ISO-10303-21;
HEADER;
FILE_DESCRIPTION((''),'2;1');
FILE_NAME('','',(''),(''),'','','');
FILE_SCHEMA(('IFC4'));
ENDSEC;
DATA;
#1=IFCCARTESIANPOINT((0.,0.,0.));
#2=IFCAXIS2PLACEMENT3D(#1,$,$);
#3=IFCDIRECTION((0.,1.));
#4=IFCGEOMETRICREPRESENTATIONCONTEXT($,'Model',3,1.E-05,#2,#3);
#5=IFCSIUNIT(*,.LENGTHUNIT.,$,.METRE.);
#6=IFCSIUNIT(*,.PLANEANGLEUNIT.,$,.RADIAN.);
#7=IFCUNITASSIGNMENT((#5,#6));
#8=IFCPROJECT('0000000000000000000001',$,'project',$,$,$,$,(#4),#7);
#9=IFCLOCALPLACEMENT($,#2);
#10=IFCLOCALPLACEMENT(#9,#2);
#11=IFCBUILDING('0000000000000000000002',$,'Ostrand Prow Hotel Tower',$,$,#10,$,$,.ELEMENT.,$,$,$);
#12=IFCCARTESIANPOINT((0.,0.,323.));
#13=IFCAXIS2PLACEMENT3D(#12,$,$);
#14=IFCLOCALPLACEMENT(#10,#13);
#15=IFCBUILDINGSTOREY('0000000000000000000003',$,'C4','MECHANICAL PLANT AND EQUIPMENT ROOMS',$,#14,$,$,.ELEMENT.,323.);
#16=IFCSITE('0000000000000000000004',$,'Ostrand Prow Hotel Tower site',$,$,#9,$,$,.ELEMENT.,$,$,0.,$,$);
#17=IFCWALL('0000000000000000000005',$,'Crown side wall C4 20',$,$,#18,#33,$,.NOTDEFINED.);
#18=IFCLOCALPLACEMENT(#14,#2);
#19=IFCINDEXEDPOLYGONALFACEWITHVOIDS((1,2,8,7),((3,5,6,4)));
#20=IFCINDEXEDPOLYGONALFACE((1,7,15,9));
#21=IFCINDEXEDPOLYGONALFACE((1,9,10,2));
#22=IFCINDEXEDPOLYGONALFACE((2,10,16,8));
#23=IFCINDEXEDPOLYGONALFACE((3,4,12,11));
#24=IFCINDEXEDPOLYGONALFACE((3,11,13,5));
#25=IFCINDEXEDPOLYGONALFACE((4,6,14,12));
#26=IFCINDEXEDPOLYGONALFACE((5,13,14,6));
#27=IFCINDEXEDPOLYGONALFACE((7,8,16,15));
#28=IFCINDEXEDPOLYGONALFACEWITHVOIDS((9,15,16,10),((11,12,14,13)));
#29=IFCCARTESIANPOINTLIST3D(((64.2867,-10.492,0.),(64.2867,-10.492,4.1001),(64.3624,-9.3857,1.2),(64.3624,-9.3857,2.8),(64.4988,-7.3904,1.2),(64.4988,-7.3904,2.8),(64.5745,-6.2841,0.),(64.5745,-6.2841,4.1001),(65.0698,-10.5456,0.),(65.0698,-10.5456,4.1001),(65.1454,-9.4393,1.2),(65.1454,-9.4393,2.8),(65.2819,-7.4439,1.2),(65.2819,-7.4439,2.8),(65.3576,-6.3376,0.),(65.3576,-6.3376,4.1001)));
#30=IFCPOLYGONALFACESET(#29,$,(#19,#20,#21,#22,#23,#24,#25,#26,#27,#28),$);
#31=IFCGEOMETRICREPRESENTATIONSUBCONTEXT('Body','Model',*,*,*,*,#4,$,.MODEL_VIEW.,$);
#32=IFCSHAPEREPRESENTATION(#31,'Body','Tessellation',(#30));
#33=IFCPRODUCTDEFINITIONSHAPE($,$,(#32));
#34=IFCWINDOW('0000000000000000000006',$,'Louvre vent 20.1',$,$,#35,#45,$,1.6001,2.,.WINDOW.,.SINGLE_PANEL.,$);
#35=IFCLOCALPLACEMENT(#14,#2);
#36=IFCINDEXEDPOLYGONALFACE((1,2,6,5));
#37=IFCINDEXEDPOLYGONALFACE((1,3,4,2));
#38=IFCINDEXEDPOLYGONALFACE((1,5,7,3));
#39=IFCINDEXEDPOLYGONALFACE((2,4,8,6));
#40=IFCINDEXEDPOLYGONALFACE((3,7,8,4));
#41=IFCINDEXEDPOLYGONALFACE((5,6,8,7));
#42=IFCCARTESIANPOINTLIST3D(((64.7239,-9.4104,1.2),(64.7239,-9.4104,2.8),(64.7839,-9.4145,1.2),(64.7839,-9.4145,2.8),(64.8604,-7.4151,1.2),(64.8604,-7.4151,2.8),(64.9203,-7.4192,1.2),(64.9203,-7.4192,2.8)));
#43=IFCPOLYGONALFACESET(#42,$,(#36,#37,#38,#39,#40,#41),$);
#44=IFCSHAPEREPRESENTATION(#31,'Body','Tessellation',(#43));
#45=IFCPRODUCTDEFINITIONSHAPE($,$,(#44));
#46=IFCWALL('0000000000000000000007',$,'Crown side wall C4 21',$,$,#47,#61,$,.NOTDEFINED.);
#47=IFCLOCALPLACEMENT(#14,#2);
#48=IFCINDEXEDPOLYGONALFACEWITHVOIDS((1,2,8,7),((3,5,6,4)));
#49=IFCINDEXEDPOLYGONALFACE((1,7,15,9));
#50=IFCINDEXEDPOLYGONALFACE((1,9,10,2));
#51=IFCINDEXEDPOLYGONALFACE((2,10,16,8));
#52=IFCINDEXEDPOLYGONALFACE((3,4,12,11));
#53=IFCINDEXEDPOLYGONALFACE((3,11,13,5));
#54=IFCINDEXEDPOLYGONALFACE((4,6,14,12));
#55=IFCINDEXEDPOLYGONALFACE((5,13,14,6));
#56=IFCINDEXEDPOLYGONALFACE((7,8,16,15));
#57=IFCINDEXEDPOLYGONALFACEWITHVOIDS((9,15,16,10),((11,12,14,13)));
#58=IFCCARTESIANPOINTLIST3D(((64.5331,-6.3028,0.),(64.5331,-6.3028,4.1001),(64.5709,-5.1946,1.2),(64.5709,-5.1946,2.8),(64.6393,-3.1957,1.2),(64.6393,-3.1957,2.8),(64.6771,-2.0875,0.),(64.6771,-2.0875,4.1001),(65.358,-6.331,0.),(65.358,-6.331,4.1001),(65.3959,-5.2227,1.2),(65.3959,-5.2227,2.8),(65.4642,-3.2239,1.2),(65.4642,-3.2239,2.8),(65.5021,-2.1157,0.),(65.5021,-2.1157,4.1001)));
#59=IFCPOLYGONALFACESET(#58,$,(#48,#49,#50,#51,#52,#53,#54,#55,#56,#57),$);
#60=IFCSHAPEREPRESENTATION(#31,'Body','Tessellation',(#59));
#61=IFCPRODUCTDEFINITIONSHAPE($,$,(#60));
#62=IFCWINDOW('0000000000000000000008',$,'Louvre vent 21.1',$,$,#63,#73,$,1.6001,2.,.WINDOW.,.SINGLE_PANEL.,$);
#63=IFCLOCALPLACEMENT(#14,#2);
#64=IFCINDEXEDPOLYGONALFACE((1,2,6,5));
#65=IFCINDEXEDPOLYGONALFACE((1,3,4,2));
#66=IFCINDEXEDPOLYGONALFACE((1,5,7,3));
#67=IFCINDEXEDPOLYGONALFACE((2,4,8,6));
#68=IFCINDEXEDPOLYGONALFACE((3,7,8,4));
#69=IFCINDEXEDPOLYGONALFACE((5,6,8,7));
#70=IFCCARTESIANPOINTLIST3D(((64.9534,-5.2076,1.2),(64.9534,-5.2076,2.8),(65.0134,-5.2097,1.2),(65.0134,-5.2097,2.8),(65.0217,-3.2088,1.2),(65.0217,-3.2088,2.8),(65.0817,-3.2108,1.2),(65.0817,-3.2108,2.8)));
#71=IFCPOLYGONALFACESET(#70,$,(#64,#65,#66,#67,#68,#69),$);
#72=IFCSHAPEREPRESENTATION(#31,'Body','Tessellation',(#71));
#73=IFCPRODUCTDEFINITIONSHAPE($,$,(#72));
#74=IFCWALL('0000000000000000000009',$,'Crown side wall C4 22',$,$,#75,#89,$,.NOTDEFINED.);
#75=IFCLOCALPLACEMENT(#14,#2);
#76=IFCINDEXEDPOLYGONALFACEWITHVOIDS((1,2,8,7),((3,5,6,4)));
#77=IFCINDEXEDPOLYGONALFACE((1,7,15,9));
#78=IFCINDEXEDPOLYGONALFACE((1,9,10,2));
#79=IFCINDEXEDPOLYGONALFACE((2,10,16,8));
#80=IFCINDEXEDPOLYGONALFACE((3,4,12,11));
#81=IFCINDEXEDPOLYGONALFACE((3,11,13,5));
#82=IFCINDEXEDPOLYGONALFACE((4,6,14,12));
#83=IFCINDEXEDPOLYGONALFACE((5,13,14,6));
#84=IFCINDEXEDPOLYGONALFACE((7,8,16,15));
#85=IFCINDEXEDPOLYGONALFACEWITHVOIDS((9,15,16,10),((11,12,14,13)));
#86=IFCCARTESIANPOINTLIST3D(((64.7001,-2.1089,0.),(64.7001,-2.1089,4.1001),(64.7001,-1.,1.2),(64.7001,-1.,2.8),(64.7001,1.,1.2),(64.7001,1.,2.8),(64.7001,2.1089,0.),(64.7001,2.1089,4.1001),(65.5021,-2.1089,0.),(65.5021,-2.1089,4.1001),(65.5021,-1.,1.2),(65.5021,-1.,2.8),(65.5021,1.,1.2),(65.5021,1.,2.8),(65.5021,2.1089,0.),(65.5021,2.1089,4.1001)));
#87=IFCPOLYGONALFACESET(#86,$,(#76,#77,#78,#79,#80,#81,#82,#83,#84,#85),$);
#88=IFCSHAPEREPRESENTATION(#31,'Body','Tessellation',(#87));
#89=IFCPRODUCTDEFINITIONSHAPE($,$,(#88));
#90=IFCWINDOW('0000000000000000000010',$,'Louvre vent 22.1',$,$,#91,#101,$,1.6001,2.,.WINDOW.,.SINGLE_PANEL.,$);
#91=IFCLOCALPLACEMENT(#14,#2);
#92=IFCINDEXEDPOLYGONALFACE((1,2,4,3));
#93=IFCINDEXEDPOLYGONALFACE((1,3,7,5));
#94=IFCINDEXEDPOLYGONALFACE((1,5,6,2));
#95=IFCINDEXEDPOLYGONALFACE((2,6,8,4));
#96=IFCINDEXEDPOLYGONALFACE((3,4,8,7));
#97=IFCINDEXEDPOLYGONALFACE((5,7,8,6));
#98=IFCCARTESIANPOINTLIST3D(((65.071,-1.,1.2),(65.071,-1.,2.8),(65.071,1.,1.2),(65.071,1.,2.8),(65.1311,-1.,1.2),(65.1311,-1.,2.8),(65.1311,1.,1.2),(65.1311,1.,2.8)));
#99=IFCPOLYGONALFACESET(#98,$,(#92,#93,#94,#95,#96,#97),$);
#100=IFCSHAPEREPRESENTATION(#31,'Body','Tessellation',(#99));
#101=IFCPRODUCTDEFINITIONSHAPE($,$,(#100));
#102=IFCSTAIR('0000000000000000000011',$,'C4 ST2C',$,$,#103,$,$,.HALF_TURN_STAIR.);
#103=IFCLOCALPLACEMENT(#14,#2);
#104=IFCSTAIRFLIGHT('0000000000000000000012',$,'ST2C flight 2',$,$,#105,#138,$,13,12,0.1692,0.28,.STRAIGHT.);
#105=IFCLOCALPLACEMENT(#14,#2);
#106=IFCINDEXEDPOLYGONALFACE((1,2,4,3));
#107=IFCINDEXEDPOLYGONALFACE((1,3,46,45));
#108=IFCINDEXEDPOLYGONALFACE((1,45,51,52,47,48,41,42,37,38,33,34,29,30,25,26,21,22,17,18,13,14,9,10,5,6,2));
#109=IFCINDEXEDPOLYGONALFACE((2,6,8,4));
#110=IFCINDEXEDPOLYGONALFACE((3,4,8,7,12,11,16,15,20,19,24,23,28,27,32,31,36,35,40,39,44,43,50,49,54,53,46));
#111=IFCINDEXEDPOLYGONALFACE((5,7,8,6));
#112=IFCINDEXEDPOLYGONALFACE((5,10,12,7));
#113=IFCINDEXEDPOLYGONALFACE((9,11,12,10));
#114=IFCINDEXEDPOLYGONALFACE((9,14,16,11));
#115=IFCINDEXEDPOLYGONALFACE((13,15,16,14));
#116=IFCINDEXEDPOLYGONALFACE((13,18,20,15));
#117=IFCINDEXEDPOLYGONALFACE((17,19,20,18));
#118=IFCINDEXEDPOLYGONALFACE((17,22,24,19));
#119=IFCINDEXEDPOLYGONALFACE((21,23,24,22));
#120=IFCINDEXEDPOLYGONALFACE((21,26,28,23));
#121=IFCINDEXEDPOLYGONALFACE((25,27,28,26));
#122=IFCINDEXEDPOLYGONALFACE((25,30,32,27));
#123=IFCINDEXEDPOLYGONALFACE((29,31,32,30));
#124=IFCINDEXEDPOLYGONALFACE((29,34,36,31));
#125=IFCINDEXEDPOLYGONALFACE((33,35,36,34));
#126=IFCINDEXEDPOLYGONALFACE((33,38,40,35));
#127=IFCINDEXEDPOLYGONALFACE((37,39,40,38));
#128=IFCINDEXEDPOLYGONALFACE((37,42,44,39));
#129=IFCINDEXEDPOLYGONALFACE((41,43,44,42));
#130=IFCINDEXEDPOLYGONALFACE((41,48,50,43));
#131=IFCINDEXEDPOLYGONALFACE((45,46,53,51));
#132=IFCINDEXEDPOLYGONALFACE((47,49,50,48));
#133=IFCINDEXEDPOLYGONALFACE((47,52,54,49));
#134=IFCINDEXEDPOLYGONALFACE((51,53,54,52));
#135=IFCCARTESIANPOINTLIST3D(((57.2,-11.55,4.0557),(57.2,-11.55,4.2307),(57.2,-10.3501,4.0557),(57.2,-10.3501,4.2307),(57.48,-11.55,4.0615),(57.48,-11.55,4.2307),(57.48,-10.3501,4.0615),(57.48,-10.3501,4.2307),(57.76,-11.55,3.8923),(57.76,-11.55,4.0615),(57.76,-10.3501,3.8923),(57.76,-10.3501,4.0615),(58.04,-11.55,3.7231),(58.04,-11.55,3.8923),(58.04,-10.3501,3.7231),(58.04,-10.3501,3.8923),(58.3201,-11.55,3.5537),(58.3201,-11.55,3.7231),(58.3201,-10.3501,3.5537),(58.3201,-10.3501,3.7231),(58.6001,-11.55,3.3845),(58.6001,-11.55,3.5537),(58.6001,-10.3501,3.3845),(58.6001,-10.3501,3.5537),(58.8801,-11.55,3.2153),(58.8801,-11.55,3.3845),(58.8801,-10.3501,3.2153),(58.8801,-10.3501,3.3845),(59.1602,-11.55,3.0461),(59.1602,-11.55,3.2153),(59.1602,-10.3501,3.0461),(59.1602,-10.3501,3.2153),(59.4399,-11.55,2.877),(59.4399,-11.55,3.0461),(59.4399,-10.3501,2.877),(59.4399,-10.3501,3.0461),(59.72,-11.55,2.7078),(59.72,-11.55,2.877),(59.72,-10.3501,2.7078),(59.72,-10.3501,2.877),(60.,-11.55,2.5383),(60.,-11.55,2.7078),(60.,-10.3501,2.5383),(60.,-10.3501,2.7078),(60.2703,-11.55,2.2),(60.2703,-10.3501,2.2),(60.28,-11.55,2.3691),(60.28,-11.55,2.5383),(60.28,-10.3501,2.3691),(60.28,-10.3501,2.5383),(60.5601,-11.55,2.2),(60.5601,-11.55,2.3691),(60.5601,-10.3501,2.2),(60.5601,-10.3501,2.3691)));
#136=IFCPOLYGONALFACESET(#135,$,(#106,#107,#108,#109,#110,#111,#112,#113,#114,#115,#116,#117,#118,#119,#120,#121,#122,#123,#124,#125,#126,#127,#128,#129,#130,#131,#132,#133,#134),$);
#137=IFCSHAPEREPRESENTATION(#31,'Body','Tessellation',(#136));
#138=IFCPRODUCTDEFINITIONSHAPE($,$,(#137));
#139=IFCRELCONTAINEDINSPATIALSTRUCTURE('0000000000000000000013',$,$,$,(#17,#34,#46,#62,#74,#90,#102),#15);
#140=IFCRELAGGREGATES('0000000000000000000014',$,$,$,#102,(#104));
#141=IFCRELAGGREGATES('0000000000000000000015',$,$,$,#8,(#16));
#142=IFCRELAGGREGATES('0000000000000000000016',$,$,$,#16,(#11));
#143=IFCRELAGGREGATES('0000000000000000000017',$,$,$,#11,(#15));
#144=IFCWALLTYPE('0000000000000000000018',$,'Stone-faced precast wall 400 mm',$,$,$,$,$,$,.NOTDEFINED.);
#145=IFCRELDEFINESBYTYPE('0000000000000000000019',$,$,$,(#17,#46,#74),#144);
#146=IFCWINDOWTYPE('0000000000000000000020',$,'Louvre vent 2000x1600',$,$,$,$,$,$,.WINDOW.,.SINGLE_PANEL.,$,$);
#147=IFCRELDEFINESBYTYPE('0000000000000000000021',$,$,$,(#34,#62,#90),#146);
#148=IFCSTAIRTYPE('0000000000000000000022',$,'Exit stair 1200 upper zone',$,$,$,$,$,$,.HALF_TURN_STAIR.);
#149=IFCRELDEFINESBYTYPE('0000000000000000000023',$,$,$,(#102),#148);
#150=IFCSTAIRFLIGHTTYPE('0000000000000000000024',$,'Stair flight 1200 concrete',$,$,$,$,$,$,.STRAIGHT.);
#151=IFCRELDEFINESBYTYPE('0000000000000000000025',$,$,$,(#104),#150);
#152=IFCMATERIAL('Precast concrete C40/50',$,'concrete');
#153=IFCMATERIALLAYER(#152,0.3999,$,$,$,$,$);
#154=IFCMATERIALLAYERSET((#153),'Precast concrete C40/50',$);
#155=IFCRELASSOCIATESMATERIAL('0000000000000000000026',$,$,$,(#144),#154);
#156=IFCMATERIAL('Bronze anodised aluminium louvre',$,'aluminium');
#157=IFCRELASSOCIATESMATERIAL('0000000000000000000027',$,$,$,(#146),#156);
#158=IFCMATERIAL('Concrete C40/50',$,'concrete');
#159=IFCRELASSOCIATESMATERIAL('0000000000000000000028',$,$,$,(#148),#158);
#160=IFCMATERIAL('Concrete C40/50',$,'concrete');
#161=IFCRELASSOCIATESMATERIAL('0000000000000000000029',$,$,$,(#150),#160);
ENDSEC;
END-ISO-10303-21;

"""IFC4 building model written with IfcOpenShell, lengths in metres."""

from ifc_helpers import new_model, si_unit, direction, frame, frame_2d, origin, place, context, subcontext, project, spatial, polyline, rectangle, outline, extrude, material, layer, layer_set, type_object, element, fill, aggregate, save


model = new_model("IFC4")

# Units and contexts
model_context = context("Model", 3, precision=1e-05, world=origin(), true_north=direction((0.0, 1.0)))
body_context = subcontext(model_context, "Body", "Model", "MODEL_VIEW")
ifc_project = project(units=[si_unit("LENGTHUNIT", "METRE"), si_unit("PLANEANGLEUNIT", "RADIAN")], contexts=[model_context])

# Site, building, storey
site_placement = place(None, origin())
site = spatial("IfcSite", under=ifc_project, at=site_placement, Name="Ostrand Prow Hotel Tower site", CompositionType="ELEMENT", RefElevation=0.0)
building_placement = place(site_placement, origin())
building = spatial("IfcBuilding", under=site, at=building_placement, Name="Ostrand Prow Hotel Tower", CompositionType="ELEMENT")
storey_placement = place(building_placement, frame((0.0, 0.0, 323.0)))
storey = spatial("IfcBuildingStorey", under=building, at=storey_placement, Name="C4", Description="MECHANICAL PLANT AND EQUIPMENT ROOMS", CompositionType="ELEMENT", Elevation=323.0)

# Walls, openings, windows
ifc_material_1 = material(Name="Precast concrete C40/50", Category="concrete")
ifc_layer_1 = layer(ifc_material_1, 0.3999)
ifc_layer_set_1 = layer_set([ifc_layer_1], Name="Precast concrete C40/50")
wall_type_1 = type_object("IfcWallType", Name="Stone-faced precast wall 400 mm", PredefinedType="NOTDEFINED", material=ifc_layer_set_1)
wall_1_placement = place(storey_placement, frame((64.6782, -10.5188, 0.0), z_axis=(0.0, 0.0, 1.0), x_axis=(0.068244, 0.997669, 0.0)))
wall_1 = element("IfcWall", 1, at=wall_1_placement, inside=storey, type_object=wall_type_1, Name="Crown side wall C4 20", PredefinedType="NOTDEFINED", context=body_context, shape_type="SweptSolid", body=[
    extrude(rectangle(XDim=4.2178, YDim=0.7849, at=frame_2d((2.1089, 0.0))), origin(), (0.0, 0.0, 1.0), 4.1001),
])
opening_1_placement = place(wall_1_placement, frame((1.1089, 0.0, 1.2)))
opening_1 = element("IfcOpeningElement", 2, at=opening_1_placement, cuts=wall_1, PredefinedType="OPENING", context=body_context, shape_type="SweptSolid", body=[
    extrude(rectangle(XDim=2.0, YDim=1.6001, at=frame_2d((1.0, 0.8))), frame((0.0, 0.4023, 0.0), z_axis=(0.0, -1.0, 0.0), x_axis=(1.0, 0.0, 0.0)), (0.0, 0.0, 1.0), 0.8049),
])
ifc_material_2 = material(Name="Bronze anodised aluminium louvre", Category="aluminium")
window_type = type_object("IfcWindowType", Name="Louvre vent 2000x1600", PartitioningType="SINGLE_PANEL", PredefinedType="WINDOW", material=ifc_material_2)
window_1_placement = place(opening_1_placement, origin())
window_1 = element("IfcWindow", 3, at=window_1_placement, inside=storey, type_object=window_type, Name="Louvre vent 20.1", OverallHeight=1.6001, OverallWidth=2.0, PartitioningType="SINGLE_PANEL", PredefinedType="WINDOW", context=body_context, shape_type="SweptSolid", body=[
    extrude(rectangle(XDim=2.0, YDim=1.6001, at=frame_2d((1.0, 0.8))), frame((0.0, 0.03, 0.0), z_axis=(0.0, -1.0, 0.0), x_axis=(1.0, 0.0, 0.0)), (0.0, 0.0, 1.0), 0.0601),
])
fill(opening_1, window_1)
wall_2_placement = place(storey_placement, frame((64.9456, -6.3169, 0.0), z_axis=(0.0, 0.0, 1.0), x_axis=(0.034151, 0.999417, 0.0)))
wall_2 = element("IfcWall", 4, at=wall_2_placement, inside=storey, type_object=wall_type_1, Name="Crown side wall C4 21", PredefinedType="NOTDEFINED", context=body_context, shape_type="SweptSolid", body=[
    extrude(rectangle(XDim=4.2178, YDim=0.8254, at=frame_2d((2.1089, 0.0))), origin(), (0.0, 0.0, 1.0), 4.1001),
])
opening_2_placement = place(wall_2_placement, frame((1.1089, 0.0, 1.2)))
opening_2 = element("IfcOpeningElement", 5, at=opening_2_placement, cuts=wall_2, PredefinedType="OPENING", context=body_context, shape_type="SweptSolid", body=[
    extrude(rectangle(XDim=2.0, YDim=1.6001, at=frame_2d((1.0, 0.8))), frame((0.0, 0.4226, 0.0), z_axis=(0.0, -1.0, 0.0), x_axis=(1.0, 0.0, 0.0)), (0.0, 0.0, 1.0), 0.8455),
])
window_2_placement = place(opening_2_placement, origin())
window_2 = element("IfcWindow", 6, at=window_2_placement, inside=storey, type_object=window_type, Name="Louvre vent 21.1", OverallHeight=1.6001, OverallWidth=2.0, PartitioningType="SINGLE_PANEL", PredefinedType="WINDOW", context=body_context, shape_type="SweptSolid", body=[
    extrude(rectangle(XDim=2.0, YDim=1.6001, at=frame_2d((1.0, 0.8))), frame((0.0, 0.03, 0.0), z_axis=(0.0, -1.0, 0.0), x_axis=(1.0, 0.0, 0.0)), (0.0, 0.0, 1.0), 0.0601),
])
fill(opening_2, window_2)
wall_3_placement = place(storey_placement, frame((65.1011, -2.1089, 0.0), z_axis=(0.0, 0.0, 1.0), x_axis=(0.0, 1.0, 0.0)))
wall_3 = element("IfcWall", 7, at=wall_3_placement, inside=storey, type_object=wall_type_1, Name="Crown side wall C4 22", PredefinedType="NOTDEFINED", context=body_context, shape_type="SweptSolid", body=[
    extrude(rectangle(XDim=4.2178, YDim=0.802, at=frame_2d((2.1089, 0.0))), origin(), (0.0, 0.0, 1.0), 4.1001),
])
opening_3_placement = place(wall_3_placement, frame((1.1089, 0.0, 1.2)))
opening_3 = element("IfcOpeningElement", 8, at=opening_3_placement, cuts=wall_3, PredefinedType="OPENING", context=body_context, shape_type="SweptSolid", body=[
    extrude(rectangle(XDim=2.0, YDim=1.6001, at=frame_2d((1.0, 0.8))), frame((0.0, 0.4109, 0.0), z_axis=(0.0, -1.0, 0.0), x_axis=(1.0, 0.0, 0.0)), (0.0, 0.0, 1.0), 0.822),
])
window_3_placement = place(opening_3_placement, origin())
window_3 = element("IfcWindow", 9, at=window_3_placement, inside=storey, type_object=window_type, Name="Louvre vent 22.1", OverallHeight=1.6001, OverallWidth=2.0, PartitioningType="SINGLE_PANEL", PredefinedType="WINDOW", context=body_context, shape_type="SweptSolid", body=[
    extrude(rectangle(XDim=2.0, YDim=1.6001, at=frame_2d((1.0, 0.8))), frame((0.0, 0.03, 0.0), z_axis=(0.0, -1.0, 0.0), x_axis=(1.0, 0.0, 0.0)), (0.0, 0.0, 1.0), 0.0601),
])
fill(opening_3, window_3)

# Stair, stair flight
ifc_material_3 = material(Name="Concrete C40/50", Category="concrete")
stair_type = type_object("IfcStairType", Name="Exit stair 1200 upper zone", PredefinedType="HALF_TURN_STAIR", material=ifc_material_3)
stair_placement = place(storey_placement, origin())
stair = element("IfcStair", 10, at=stair_placement, inside=storey, type_object=stair_type, Name="C4 ST2C", PredefinedType="HALF_TURN_STAIR")
ifc_material_4 = material(Name="Concrete C40/50", Category="concrete")
stair_flight_type = type_object("IfcStairFlightType", Name="Stair flight 1200 concrete", PredefinedType="STRAIGHT", material=ifc_material_4)
stair_flight_placement = place(storey_placement, frame((60.5601, -10.95, 2.2), z_axis=(0.0, 0.0, 1.0), x_axis=(-1.0, 0.0, 0.0)))
stair_flight = element("IfcStairFlight", 11, at=stair_flight_placement, type_object=stair_flight_type, Name="ST2C flight 2", NumberOfRisers=13, NumberOfTreads=12, PredefinedType="STRAIGHT", RiserHeight=0.1692, TreadLength=0.28, context=body_context, shape_type="SweptSolid", body=[
    extrude(outline(polyline([(0.0, 0.0), (0.0, 0.1692), (0.28, 0.1692), (0.28, 0.3384), (0.5601, 0.3384), (0.5601, 0.5078), (0.8401, 0.5078), (0.8401, 0.677), (1.1201, 0.677), (1.1201, 0.8462), (1.3999, 0.8462), (1.3999, 1.0154), (1.6799, 1.0154), (1.6799, 1.1846), (1.96, 1.1846), (1.96, 1.3538), (2.24, 1.3538), (2.24, 1.5232), (2.52, 1.5232), (2.52, 1.6924), (2.8, 1.6924), (2.8, 1.8616), (3.0801, 1.8616), (3.0801, 2.0308), (3.3601, 2.0308), (3.3601, 2.2), (3.3601, 1.8557), (0.2898, 0.0), (0.0, 0.0)])), frame((0.0, 0.6001, 0.0), z_axis=(0.0, -1.0, 0.0), x_axis=(1.0, 0.0, 0.0)), (0.0, 0.0, 1.0), 1.2),
])
aggregate(stair, [stair_flight])

save(model, "model.ifc")
